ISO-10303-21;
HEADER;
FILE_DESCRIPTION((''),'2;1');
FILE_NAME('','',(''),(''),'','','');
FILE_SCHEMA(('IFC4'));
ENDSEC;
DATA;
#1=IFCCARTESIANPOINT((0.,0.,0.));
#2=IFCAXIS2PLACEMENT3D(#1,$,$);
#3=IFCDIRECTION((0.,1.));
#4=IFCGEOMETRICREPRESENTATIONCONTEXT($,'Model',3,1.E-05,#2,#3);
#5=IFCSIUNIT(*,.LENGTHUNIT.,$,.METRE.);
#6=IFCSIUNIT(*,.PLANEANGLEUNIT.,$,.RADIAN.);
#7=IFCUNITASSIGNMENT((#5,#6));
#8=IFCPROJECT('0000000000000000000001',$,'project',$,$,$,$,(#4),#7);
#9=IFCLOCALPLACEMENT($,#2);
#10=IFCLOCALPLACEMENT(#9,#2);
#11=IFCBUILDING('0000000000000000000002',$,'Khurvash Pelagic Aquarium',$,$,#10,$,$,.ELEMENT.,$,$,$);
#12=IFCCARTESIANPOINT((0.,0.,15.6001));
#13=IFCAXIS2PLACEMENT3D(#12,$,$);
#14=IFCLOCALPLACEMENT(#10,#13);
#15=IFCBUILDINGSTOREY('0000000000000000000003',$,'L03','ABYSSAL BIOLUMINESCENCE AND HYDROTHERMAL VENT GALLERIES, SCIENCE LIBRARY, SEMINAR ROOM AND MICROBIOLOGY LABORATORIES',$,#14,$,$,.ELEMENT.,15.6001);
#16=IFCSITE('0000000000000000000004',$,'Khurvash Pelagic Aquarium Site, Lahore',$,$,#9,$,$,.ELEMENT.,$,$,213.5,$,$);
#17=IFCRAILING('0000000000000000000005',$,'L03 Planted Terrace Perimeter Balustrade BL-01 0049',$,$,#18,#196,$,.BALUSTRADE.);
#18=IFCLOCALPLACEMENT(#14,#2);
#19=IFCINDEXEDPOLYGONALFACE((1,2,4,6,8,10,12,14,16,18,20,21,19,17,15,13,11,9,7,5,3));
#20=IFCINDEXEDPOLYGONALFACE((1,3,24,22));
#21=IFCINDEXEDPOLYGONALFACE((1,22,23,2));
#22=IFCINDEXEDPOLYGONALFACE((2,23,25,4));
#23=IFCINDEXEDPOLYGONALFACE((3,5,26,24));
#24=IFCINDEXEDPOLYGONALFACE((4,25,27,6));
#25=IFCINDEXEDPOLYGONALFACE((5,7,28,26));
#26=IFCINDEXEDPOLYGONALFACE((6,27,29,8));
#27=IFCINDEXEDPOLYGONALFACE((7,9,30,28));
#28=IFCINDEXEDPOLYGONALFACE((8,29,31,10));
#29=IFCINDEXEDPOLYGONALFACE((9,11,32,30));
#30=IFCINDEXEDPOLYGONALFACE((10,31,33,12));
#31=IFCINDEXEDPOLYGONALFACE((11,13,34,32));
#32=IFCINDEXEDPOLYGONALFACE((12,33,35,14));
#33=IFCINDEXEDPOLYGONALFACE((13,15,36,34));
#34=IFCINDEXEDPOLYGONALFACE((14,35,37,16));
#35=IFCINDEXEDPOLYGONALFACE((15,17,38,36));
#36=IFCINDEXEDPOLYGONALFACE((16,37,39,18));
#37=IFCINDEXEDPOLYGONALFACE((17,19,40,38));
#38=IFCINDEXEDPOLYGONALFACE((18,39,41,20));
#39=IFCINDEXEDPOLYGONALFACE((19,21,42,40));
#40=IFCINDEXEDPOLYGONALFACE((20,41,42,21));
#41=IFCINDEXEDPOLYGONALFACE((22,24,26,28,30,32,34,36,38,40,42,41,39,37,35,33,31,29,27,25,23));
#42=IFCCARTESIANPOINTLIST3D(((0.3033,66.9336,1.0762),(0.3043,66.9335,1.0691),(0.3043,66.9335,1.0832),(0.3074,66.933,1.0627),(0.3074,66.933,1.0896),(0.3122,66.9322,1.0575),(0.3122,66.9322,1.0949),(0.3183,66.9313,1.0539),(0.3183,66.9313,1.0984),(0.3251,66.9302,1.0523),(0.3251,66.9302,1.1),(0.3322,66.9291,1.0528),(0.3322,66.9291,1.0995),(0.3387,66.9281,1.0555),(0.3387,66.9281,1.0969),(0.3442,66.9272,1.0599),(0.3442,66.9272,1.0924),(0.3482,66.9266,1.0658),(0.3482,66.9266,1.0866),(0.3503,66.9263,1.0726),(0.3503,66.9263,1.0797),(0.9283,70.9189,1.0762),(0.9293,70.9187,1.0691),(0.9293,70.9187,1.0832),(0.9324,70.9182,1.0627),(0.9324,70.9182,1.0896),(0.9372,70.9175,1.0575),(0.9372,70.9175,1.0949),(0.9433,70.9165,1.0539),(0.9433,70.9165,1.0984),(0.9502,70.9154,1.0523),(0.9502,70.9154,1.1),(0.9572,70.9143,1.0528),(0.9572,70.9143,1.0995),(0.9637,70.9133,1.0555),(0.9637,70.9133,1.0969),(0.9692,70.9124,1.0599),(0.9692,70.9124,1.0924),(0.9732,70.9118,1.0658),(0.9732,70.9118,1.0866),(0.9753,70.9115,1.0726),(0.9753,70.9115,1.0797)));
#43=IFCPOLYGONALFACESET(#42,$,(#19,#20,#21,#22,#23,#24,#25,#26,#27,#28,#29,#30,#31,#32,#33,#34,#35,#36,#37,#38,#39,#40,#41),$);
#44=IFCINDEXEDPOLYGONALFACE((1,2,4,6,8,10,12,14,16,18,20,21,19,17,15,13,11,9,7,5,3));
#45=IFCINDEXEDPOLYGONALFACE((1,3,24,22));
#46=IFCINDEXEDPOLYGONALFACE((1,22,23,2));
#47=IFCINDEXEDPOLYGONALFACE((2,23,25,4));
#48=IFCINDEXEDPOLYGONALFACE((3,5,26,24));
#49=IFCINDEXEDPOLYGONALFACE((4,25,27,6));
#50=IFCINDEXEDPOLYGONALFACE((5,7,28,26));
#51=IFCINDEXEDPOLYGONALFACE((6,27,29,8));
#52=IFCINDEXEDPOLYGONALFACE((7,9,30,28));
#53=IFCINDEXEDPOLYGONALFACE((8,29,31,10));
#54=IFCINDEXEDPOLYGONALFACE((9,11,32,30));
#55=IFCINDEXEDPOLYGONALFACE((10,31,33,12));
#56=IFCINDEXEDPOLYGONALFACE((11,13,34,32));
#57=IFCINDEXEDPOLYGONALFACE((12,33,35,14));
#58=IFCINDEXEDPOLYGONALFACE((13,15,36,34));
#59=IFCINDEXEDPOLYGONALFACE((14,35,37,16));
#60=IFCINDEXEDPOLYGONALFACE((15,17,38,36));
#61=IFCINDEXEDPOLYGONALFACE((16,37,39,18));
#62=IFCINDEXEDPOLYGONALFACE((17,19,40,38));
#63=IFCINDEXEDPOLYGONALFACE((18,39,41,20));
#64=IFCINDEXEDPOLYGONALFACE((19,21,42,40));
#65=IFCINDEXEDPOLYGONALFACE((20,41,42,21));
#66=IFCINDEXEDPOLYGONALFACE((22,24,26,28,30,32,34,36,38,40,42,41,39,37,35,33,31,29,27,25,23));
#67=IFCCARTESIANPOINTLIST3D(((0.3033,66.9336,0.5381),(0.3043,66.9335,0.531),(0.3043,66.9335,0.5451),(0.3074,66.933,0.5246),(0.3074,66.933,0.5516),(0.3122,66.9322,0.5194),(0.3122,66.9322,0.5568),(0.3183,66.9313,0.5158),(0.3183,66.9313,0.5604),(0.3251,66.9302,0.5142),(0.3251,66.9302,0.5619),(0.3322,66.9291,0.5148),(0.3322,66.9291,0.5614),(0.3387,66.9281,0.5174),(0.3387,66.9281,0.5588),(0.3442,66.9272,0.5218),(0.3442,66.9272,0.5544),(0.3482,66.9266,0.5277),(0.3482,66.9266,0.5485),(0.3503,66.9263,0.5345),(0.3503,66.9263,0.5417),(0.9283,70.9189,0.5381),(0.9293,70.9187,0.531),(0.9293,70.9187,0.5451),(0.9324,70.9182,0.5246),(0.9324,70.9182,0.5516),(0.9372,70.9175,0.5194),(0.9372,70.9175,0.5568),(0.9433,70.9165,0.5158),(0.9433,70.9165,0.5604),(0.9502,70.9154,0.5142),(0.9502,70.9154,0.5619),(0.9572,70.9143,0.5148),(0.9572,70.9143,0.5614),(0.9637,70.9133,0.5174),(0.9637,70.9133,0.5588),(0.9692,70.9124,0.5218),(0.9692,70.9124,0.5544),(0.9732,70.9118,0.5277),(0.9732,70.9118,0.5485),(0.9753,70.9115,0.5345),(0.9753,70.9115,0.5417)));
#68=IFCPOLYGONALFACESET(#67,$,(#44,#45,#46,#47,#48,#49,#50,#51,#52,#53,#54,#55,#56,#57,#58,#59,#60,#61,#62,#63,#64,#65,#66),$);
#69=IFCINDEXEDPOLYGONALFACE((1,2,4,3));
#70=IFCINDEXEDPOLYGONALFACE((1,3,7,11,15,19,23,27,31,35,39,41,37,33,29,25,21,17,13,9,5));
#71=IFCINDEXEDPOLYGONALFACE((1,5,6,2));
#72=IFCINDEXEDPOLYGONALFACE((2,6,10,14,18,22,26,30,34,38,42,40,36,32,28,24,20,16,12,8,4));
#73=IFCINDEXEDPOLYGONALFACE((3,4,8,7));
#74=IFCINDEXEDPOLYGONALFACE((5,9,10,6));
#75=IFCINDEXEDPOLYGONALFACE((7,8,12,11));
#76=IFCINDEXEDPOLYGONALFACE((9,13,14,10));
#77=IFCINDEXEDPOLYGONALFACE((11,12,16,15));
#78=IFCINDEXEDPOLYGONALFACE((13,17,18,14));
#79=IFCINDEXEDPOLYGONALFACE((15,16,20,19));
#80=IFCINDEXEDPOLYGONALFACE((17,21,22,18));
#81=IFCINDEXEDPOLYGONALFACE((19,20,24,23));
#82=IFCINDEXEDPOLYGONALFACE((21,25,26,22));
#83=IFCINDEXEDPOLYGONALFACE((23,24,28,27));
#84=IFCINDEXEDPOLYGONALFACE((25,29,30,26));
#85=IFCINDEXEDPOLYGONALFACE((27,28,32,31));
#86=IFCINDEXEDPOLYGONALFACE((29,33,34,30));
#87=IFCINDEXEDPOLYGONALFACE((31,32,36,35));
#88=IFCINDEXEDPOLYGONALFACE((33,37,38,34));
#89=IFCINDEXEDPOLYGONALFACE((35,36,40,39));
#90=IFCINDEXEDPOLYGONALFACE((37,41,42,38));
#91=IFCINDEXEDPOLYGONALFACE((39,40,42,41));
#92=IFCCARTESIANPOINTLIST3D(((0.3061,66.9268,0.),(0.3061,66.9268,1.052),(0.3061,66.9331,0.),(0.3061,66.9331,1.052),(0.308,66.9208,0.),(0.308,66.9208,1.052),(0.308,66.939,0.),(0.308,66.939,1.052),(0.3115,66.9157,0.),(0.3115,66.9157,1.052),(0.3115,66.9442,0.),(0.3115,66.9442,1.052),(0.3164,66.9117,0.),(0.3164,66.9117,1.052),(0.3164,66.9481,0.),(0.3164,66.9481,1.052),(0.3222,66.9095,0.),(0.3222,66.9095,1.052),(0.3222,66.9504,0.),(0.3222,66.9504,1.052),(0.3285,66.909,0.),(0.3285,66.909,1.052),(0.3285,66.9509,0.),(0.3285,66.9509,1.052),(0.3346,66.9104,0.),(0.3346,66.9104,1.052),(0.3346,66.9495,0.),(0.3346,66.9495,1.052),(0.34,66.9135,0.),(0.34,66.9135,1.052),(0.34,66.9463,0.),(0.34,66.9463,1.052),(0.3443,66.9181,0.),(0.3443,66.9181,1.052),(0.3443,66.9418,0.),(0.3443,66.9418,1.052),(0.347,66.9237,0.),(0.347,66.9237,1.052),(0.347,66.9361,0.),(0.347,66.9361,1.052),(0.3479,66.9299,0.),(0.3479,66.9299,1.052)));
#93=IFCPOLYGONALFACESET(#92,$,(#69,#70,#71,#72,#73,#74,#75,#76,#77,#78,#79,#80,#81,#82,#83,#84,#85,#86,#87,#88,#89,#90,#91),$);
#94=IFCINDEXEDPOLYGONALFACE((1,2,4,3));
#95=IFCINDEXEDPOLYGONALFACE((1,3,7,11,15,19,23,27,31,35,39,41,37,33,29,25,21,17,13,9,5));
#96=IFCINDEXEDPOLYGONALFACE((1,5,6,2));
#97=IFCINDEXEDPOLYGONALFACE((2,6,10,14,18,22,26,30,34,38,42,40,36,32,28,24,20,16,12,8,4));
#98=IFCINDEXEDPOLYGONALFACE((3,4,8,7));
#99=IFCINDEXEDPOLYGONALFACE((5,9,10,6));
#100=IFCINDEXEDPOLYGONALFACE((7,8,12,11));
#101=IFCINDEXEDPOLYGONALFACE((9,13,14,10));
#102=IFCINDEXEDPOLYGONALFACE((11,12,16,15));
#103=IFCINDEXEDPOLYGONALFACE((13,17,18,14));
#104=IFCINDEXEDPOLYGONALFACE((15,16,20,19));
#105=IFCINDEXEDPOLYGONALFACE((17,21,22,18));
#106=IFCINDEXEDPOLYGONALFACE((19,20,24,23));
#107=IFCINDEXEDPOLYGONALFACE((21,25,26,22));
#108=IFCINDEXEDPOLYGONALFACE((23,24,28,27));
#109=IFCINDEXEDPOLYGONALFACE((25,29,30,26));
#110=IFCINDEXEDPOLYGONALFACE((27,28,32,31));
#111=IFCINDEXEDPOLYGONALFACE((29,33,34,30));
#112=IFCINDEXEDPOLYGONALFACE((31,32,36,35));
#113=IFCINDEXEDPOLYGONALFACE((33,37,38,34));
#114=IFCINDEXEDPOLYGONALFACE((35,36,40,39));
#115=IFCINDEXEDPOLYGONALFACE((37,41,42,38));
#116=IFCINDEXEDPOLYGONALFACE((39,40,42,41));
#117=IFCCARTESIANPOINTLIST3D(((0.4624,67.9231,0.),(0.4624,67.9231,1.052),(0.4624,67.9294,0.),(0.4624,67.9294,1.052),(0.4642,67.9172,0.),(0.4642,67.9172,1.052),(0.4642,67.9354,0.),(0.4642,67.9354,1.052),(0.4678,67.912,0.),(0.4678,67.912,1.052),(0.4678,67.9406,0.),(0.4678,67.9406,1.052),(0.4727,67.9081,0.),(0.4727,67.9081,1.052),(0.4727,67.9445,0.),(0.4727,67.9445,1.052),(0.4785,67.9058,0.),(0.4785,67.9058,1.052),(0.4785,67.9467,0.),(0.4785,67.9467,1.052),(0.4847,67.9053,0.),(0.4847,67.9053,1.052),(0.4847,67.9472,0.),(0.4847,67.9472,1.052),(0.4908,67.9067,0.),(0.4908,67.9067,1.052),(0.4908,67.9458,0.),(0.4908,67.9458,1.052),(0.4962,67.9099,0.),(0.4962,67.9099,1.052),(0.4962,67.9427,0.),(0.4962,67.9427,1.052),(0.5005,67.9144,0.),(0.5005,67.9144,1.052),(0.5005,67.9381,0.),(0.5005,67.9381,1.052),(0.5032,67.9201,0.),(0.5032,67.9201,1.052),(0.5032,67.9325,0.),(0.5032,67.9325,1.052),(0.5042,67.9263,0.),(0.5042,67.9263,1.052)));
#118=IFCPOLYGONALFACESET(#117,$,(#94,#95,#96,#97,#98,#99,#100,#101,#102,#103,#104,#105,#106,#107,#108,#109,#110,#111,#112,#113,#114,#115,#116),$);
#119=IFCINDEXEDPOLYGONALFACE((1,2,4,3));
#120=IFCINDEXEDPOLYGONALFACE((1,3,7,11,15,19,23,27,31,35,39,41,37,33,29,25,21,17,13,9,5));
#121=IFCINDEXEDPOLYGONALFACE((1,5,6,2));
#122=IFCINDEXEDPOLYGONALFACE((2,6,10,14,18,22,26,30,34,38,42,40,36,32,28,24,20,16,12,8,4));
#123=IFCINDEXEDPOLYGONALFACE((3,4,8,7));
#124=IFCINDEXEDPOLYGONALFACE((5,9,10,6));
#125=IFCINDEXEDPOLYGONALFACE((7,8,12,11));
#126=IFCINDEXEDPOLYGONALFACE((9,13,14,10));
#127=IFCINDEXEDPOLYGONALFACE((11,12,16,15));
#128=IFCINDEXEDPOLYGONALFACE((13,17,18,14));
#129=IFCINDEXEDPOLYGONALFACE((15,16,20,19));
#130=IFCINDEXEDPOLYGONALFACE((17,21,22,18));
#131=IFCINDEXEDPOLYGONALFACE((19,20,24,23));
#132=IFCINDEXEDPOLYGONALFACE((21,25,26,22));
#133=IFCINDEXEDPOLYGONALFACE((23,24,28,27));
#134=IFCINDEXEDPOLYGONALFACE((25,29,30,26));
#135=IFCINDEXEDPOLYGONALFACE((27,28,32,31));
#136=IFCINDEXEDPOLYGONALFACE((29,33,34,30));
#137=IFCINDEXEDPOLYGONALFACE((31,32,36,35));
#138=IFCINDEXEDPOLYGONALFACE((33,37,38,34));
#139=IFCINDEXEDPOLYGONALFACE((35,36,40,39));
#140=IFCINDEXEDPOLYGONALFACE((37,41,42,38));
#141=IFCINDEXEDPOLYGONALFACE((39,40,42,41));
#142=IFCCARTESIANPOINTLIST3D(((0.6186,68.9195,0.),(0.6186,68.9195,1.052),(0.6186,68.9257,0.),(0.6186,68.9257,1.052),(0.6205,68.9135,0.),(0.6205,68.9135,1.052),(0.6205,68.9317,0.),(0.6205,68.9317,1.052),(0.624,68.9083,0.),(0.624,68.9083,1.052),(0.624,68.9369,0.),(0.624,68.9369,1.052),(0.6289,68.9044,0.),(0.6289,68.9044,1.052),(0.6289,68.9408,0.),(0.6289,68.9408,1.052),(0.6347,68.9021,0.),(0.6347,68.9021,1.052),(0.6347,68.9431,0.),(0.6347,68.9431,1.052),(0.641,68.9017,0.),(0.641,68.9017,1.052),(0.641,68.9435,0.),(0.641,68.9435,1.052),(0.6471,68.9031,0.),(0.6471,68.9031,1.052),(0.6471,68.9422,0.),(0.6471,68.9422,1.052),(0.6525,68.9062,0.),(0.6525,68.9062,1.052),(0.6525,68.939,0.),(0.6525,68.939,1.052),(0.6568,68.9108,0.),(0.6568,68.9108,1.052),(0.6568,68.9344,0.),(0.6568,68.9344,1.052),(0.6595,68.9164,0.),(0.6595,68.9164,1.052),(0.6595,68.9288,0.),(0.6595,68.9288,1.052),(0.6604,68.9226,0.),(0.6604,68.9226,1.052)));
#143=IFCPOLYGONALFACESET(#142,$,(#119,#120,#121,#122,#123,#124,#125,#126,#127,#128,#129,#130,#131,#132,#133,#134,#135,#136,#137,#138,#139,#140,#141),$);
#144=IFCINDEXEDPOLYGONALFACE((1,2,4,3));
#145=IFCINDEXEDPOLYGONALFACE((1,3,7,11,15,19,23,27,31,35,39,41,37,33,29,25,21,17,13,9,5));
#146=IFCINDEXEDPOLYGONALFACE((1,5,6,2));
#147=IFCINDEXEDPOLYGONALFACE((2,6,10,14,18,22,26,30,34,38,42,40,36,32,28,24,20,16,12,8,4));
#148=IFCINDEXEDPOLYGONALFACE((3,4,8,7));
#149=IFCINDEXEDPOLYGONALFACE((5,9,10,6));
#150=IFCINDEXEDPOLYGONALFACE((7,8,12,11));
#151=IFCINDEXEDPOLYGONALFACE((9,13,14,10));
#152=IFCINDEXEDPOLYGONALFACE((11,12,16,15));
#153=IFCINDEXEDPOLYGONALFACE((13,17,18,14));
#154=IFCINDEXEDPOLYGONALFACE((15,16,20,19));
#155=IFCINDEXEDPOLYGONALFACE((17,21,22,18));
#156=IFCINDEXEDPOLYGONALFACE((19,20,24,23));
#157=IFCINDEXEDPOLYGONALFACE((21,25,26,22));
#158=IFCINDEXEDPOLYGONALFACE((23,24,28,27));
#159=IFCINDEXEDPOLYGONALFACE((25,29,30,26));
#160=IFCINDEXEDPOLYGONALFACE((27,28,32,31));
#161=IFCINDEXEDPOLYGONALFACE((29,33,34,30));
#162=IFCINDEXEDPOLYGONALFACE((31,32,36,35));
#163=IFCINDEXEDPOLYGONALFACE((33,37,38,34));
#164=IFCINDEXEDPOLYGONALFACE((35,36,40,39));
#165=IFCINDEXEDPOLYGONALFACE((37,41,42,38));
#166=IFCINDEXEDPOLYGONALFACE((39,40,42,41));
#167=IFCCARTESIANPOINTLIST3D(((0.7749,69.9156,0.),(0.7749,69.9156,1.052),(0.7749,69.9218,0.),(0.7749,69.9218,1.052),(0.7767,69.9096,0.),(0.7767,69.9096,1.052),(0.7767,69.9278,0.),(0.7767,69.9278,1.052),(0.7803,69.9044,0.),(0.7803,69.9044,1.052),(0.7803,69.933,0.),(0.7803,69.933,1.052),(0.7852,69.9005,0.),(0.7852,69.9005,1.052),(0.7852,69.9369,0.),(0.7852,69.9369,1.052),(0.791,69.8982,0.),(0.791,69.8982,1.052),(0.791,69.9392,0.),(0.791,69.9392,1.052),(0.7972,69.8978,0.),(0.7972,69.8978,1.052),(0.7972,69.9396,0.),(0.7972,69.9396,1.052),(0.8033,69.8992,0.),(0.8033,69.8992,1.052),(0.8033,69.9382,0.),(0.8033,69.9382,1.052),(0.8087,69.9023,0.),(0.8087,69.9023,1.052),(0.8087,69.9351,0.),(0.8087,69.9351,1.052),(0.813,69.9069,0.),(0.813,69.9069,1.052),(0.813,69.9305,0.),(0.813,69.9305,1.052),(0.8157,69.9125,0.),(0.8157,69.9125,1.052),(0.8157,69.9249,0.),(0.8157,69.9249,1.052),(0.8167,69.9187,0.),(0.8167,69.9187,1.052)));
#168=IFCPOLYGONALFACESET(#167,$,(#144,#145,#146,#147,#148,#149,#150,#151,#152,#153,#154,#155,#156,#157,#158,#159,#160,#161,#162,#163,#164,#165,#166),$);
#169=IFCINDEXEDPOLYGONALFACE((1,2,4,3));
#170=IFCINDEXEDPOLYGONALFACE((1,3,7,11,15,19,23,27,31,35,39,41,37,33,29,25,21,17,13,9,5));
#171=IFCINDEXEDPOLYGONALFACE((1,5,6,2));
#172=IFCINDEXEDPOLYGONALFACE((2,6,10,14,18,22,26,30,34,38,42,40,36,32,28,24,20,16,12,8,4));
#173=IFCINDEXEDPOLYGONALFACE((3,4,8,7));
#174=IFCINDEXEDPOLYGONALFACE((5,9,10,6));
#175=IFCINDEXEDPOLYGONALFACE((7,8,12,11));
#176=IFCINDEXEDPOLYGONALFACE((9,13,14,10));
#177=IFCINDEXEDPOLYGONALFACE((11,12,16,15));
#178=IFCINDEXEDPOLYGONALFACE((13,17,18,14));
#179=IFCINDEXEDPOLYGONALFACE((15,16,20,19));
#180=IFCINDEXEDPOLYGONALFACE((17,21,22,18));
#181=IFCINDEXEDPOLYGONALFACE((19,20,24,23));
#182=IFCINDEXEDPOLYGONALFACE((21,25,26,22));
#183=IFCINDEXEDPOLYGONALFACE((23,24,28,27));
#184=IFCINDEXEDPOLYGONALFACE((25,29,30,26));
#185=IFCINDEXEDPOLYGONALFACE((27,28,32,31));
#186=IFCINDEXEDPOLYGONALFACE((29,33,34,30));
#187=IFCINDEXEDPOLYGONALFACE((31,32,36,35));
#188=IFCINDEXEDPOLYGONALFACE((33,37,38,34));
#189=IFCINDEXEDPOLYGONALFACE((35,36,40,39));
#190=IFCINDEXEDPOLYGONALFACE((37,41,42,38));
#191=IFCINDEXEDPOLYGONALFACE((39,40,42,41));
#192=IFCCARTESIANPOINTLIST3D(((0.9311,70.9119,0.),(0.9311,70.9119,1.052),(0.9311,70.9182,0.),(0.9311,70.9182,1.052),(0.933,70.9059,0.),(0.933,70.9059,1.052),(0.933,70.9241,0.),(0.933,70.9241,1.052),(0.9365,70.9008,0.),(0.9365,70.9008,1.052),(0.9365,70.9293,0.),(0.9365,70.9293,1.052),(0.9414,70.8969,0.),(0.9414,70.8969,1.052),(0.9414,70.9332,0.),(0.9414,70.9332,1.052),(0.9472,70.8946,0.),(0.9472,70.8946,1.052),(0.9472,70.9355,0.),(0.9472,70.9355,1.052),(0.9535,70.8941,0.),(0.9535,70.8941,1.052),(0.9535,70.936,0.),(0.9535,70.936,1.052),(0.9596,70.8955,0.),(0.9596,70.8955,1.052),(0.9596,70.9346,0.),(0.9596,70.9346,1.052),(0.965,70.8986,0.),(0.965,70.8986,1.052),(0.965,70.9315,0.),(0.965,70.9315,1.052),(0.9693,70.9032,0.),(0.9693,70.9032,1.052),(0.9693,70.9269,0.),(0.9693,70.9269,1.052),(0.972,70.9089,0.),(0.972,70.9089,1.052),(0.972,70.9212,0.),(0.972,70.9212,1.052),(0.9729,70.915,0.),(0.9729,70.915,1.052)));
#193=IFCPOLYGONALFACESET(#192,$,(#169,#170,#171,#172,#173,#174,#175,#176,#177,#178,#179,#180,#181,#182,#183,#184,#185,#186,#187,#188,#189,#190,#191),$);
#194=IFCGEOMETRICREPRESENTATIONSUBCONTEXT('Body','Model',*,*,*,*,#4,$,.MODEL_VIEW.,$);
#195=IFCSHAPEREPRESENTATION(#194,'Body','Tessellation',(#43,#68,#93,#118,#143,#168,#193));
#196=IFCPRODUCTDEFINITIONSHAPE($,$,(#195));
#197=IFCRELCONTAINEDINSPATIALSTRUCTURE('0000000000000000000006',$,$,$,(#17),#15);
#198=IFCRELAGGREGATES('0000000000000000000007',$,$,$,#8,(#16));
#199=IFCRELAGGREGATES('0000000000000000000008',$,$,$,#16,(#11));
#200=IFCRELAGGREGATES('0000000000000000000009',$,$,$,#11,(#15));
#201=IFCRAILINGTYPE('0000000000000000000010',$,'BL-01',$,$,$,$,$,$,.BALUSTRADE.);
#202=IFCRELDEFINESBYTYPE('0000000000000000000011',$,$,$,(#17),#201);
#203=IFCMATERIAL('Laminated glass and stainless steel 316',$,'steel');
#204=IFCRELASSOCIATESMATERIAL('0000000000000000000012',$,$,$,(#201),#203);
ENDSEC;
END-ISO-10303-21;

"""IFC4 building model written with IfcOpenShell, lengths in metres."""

from ifc_helpers import new_model, si_unit, direction, frame, origin, origin_2d, place, context, subcontext, project, spatial, circle, extrude, material, type_object, element, save


model = new_model("IFC4")

# Units and contexts
model_context = context("Model", 3, precision=1e-05, world=origin(), true_north=direction((0.0, 1.0)))
body_context = subcontext(model_context, "Body", "Model", "MODEL_VIEW")
ifc_project = project(units=[si_unit("LENGTHUNIT", "METRE"), si_unit("PLANEANGLEUNIT", "RADIAN")], contexts=[model_context])

# Site, building, storey
site_placement = place(None, origin())
site = spatial("IfcSite", under=ifc_project, at=site_placement, Name="Khurvash Pelagic Aquarium Site, Lahore", CompositionType="ELEMENT", RefElevation=213.5)
building_placement = place(site_placement, origin())
building = spatial("IfcBuilding", under=site, at=building_placement, Name="Khurvash Pelagic Aquarium", CompositionType="ELEMENT")
storey_placement = place(building_placement, frame((0.0, 0.0, 15.6001)))
storey = spatial("IfcBuildingStorey", under=building, at=storey_placement, Name="L03", Description="ABYSSAL BIOLUMINESCENCE AND HYDROTHERMAL VENT GALLERIES, SCIENCE LIBRARY, SEMINAR ROOM AND MICROBIOLOGY LABORATORIES", CompositionType="ELEMENT", Elevation=15.6001)

# Railing
ifc_material_1 = material(Name="Laminated glass and stainless steel 316", Category="steel")
railing_type_1 = type_object("IfcRailingType", Name="BL-01", PredefinedType="BALUSTRADE", material=ifc_material_1)
railing_1_placement = place(storey_placement, frame((0.3269, 66.9299, 0.0)))
element("IfcRailing", 1, at=railing_1_placement, inside=storey, type_object=railing_type_1, Name="L03 Planted Terrace Perimeter Balustrade BL-01 0049", PredefinedType="BALUSTRADE", context=body_context, shape_type="SweptSolid", body=[
    extrude(circle(Radius=0.0239, at=origin_2d()), frame((0.0, 0.0, 1.0762), z_axis=(0.15494, 0.987924, 0.0), x_axis=(-0.987924, 0.15494, 0.0)), (0.0, 0.0, 1.0), 4.0339),
    extrude(circle(Radius=0.0239, at=origin_2d()), frame((0.0, 0.0, 0.5381), z_axis=(0.15494, 0.987924, 0.0), x_axis=(-0.987924, 0.15494, 0.0)), (0.0, 0.0, 1.0), 4.0339),
    extrude(circle(Radius=0.021, at=origin_2d()), origin(), (0.0, 0.0, 1.0), 1.052),
    extrude(circle(Radius=0.021, at=origin_2d()), frame((0.1562, 0.9963, 0.0)), (0.0, 0.0, 1.0), 1.052),
    extrude(circle(Radius=0.021, at=origin_2d()), frame((0.3125, 1.9927, 0.0)), (0.0, 0.0, 1.0), 1.052),
    extrude(circle(Radius=0.021, at=origin_2d()), frame((0.4688, 2.9888, 0.0)), (0.0, 0.0, 1.0), 1.052),
    extrude(circle(Radius=0.021, at=origin_2d()), frame((0.625, 3.9851, 0.0)), (0.0, 0.0, 1.0), 1.052),
])

save(model, "model.ifc")
